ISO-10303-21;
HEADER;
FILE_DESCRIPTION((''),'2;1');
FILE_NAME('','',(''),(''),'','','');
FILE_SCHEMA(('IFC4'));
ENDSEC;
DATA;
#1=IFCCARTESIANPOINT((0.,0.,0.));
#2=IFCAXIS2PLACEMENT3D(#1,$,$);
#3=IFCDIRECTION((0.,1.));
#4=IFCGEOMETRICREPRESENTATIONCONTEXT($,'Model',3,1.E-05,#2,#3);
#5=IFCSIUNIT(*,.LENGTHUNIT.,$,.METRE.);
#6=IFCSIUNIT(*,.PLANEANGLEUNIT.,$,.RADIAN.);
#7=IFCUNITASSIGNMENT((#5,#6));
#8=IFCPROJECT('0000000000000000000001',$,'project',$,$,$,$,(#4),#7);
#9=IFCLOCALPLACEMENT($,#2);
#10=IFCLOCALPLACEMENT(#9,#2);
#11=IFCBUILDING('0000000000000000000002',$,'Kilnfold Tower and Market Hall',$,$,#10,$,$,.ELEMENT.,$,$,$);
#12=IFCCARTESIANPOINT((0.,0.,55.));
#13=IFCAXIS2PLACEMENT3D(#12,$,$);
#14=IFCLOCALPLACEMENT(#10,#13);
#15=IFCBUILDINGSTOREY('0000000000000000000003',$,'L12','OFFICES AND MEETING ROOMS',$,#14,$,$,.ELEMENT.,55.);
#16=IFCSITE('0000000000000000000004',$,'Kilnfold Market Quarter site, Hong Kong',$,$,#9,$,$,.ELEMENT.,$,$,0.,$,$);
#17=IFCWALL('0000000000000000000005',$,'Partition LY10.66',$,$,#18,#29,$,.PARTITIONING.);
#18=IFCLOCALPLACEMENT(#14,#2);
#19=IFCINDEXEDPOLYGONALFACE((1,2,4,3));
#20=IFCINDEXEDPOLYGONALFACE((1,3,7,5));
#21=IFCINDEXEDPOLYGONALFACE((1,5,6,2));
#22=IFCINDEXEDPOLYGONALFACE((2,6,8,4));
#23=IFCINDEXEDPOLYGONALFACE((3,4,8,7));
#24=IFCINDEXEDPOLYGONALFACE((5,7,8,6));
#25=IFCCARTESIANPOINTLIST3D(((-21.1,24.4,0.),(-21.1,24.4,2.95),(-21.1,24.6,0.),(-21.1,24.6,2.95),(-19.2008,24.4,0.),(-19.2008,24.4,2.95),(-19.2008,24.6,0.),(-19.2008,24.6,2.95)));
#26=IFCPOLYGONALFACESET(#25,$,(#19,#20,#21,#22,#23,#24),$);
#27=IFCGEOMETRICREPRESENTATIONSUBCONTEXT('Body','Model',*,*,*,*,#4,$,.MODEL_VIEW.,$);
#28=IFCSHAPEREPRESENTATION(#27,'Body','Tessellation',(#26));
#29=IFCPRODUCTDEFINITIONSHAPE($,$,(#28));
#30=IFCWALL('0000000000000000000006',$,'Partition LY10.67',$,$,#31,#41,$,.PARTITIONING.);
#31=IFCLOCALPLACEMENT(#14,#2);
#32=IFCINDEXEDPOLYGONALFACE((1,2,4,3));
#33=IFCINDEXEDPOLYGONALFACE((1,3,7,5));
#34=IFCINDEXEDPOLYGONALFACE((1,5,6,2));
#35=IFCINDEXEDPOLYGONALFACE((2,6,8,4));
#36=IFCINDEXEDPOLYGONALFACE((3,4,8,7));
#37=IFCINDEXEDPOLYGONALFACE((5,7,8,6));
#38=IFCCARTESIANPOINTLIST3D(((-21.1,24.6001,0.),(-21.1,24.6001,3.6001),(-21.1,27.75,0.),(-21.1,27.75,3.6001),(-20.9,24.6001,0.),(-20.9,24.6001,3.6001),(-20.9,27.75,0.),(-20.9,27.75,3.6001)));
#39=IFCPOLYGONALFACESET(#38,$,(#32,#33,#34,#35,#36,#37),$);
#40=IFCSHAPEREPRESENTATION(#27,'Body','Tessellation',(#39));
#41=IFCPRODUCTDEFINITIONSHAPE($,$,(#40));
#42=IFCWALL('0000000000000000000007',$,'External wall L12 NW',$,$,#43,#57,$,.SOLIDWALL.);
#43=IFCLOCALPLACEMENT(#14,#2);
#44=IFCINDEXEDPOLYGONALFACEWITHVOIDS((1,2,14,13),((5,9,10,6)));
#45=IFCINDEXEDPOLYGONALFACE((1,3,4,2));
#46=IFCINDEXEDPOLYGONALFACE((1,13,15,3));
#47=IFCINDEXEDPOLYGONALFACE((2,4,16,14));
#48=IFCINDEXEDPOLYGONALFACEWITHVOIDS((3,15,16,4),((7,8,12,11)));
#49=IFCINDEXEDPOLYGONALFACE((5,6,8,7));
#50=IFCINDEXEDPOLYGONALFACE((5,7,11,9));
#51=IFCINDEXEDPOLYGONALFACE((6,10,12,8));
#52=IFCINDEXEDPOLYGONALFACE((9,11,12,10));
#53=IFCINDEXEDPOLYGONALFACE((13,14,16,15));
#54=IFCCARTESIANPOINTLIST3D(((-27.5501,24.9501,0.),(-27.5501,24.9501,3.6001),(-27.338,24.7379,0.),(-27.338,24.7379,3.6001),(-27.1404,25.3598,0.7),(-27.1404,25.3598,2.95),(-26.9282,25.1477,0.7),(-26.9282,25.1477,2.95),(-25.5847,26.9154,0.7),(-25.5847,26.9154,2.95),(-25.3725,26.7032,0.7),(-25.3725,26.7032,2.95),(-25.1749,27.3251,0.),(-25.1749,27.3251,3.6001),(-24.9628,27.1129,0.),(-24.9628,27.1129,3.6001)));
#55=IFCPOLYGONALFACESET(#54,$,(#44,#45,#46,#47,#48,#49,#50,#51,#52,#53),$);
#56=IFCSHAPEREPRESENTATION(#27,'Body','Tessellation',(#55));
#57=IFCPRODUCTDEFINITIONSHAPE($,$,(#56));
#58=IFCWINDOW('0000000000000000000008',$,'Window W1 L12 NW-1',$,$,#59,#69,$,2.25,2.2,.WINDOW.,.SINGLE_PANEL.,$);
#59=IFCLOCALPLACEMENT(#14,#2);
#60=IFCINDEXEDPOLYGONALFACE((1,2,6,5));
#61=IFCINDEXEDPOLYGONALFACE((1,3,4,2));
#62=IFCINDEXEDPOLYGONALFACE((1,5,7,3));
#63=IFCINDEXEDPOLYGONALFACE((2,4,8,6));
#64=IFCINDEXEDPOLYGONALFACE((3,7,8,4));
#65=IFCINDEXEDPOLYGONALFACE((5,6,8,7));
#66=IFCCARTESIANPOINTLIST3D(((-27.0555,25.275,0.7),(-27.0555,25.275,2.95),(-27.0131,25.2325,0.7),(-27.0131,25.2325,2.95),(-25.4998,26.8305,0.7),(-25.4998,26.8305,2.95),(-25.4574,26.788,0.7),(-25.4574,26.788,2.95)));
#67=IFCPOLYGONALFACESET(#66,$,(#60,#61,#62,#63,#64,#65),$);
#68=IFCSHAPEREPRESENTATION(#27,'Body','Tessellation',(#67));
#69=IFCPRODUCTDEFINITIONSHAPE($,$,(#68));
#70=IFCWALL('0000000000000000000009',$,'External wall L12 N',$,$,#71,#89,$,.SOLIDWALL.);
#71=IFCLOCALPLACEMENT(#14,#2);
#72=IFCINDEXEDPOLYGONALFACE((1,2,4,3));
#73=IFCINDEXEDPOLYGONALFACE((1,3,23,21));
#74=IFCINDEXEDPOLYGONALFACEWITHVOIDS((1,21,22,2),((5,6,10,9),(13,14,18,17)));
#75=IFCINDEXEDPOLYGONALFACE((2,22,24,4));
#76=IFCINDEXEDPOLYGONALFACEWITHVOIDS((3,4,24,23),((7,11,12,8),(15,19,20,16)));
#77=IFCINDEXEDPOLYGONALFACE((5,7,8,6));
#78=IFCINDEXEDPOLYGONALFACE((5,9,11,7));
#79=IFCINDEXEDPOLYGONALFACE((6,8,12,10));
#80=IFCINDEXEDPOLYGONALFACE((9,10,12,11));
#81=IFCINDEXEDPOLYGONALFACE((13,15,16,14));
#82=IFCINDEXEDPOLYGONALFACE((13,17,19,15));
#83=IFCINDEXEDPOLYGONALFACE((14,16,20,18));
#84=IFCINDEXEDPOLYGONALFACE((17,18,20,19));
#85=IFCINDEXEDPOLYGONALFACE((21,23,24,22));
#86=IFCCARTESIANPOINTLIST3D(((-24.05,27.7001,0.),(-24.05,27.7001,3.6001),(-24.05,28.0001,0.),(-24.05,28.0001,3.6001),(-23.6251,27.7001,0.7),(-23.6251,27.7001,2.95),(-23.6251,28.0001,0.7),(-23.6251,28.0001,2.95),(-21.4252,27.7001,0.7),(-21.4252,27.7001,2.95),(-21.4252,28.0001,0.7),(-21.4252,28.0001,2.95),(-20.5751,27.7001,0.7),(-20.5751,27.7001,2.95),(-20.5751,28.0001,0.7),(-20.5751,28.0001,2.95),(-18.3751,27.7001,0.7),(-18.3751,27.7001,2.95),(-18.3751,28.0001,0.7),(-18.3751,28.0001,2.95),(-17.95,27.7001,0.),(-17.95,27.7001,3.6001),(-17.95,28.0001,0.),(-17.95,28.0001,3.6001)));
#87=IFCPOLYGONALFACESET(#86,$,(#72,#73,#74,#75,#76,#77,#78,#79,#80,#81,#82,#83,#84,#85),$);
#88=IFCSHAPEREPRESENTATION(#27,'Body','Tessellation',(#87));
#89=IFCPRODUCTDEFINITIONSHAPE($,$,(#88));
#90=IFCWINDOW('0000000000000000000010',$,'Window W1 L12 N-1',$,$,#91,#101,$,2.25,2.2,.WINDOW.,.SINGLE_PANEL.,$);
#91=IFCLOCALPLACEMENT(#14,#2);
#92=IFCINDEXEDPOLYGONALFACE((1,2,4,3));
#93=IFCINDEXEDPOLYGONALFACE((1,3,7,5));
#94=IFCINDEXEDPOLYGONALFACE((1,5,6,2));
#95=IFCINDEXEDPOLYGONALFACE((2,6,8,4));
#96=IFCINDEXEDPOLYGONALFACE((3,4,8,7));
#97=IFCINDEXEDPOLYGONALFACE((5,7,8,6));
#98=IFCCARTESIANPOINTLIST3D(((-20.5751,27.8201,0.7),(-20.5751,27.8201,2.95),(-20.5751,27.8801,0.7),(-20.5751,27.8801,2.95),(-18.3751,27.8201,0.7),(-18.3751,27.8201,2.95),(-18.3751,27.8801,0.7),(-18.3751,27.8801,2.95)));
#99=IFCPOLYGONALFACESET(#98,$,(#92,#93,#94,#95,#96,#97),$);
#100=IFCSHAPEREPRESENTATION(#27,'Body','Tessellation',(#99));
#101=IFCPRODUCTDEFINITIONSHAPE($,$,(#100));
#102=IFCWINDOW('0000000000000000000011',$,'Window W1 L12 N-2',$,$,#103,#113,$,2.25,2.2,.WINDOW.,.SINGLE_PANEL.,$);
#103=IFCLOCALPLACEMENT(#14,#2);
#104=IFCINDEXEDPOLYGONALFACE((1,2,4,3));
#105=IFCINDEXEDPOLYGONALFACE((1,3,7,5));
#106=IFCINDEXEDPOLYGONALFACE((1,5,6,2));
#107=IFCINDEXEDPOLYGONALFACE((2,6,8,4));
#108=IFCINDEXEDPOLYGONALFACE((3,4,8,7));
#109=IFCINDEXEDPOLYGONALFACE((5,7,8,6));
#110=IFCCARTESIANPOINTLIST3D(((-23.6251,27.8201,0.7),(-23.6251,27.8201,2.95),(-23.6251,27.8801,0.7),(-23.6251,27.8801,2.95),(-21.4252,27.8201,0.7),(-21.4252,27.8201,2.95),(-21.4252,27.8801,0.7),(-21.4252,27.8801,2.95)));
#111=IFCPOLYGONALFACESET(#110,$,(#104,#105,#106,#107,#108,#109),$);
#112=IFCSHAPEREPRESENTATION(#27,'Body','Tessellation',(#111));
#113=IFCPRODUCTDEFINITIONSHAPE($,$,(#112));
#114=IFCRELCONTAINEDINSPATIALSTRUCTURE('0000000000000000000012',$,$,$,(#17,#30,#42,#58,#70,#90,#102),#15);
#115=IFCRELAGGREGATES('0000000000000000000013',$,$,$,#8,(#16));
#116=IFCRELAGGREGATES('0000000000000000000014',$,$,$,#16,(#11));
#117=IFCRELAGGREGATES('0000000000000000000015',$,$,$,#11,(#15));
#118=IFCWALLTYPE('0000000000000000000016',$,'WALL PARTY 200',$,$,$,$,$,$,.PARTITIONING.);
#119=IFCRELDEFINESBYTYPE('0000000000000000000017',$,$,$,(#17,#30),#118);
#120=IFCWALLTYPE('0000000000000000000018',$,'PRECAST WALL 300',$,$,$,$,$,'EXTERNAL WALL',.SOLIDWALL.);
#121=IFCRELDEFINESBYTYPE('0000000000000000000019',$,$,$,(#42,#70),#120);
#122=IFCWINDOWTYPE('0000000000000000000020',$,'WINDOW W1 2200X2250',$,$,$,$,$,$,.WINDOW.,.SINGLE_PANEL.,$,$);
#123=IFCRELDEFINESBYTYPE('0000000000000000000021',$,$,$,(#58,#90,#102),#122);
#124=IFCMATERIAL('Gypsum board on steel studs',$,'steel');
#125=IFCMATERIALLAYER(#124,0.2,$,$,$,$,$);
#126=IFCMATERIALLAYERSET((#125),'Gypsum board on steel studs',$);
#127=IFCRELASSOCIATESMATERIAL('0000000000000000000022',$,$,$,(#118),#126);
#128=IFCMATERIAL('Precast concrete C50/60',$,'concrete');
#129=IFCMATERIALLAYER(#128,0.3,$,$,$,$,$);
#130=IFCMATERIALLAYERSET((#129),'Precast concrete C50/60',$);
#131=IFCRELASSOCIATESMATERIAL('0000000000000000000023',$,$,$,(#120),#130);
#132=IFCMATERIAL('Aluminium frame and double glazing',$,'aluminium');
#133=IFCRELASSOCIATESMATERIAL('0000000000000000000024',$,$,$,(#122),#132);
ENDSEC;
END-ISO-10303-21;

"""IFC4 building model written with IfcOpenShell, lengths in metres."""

from ifc_helpers import new_model, si_unit, direction, frame, frame_2d, origin, place, context, subcontext, project, spatial, rectangle, extrude, source, transform, mapped, material, layer, layer_set, type_object, element, fill, save


model = new_model("IFC4")

# Units and contexts
model_context = context("Model", 3, precision=1e-05, world=origin(), true_north=direction((0.0, 1.0)))
body_context = subcontext(model_context, "Body", "Model", "MODEL_VIEW")
ifc_project = project(units=[si_unit("LENGTHUNIT", "METRE"), si_unit("PLANEANGLEUNIT", "RADIAN")], contexts=[model_context])

# Site, building, storey
site_placement = place(None, origin())
site = spatial("IfcSite", under=ifc_project, at=site_placement, Name="Kilnfold Market Quarter site, Hong Kong", CompositionType="ELEMENT", RefElevation=0.0)
building_placement = place(site_placement, origin())
building = spatial("IfcBuilding", under=site, at=building_placement, Name="Kilnfold Tower and Market Hall", CompositionType="ELEMENT")
storey_placement = place(building_placement, frame((0.0, 0.0, 55.0)))
storey = spatial("IfcBuildingStorey", under=building, at=storey_placement, Name="L12", Description="OFFICES AND MEETING ROOMS", CompositionType="ELEMENT", Elevation=55.0)

# Walls
ifc_material_1 = material(Name="Gypsum board on steel studs", Category="steel")
ifc_layer_1 = layer(ifc_material_1, 0.2)
ifc_layer_set_1 = layer_set([ifc_layer_1], Name="Gypsum board on steel studs")
wall_type_1 = type_object("IfcWallType", Name="WALL PARTY 200", PredefinedType="PARTITIONING", material=ifc_layer_set_1)
wall_1_placement = place(storey_placement, frame((-21.1001, 24.5, 0.0), z_axis=(0.0, 0.0, 1.0), x_axis=(1.0, 0.0, 0.0)))
element("IfcWall", 1, at=wall_1_placement, inside=storey, type_object=wall_type_1, Name="Partition LY10.66", PredefinedType="PARTITIONING", context=body_context, shape_type="SweptSolid", body=[
    extrude(rectangle(XDim=1.8992, YDim=0.2, at=frame_2d((0.9497, 0.0))), origin(), (0.0, 0.0, 1.0), 2.95),
])
wall_2_placement = place(storey_placement, frame((-21.0, 24.6001, 0.0), z_axis=(0.0, 0.0, 1.0), x_axis=(0.0, 1.0, 0.0)))
element("IfcWall", 2, at=wall_2_placement, inside=storey, type_object=wall_type_1, Name="Partition LY10.67", PredefinedType="PARTITIONING", context=body_context, shape_type="SweptSolid", body=[
    extrude(rectangle(XDim=3.1499, YDim=0.2, at=frame_2d((1.575, 0.0))), origin(), (0.0, 0.0, 1.0), 3.6001),
])

# Wall, opening, window
ifc_material_2 = material(Name="Precast concrete C50/60", Category="concrete")
ifc_layer_2 = layer(ifc_material_2, 0.3)
ifc_layer_set_2 = layer_set([ifc_layer_2], Name="Precast concrete C50/60")
wall_type_2 = type_object("IfcWallType", Name="PRECAST WALL 300", ElementType="EXTERNAL WALL", PredefinedType="SOLIDWALL", material=ifc_layer_set_2)
shared_shape_1 = source(origin(), body_context, "Body", "SweptSolid", [
    extrude(rectangle(XDim=3.3589, YDim=0.3, at=frame_2d((1.6794, 0.0))), origin(), (0.0, 0.0, 1.0), 3.6001),
])
wall_3_placement = place(storey_placement, frame((-25.0688, 27.219, 0.0), z_axis=(0.0, 0.0, 1.0), x_axis=(-0.707143, -0.70707, 0.0)))
wall_3 = element("IfcWall", 3, at=wall_3_placement, inside=storey, type_object=wall_type_2, Name="External wall L12 NW", PredefinedType="SOLIDWALL", context=body_context, shape_type="MappedRepresentation", body=[
    mapped(shared_shape_1, transform((0.0, 0.0, 0.0))),
])
opening_1_placement = place(wall_3_placement, frame((0.5793, 0.0, 0.7)))
opening_1 = element("IfcOpeningElement", 4, at=opening_1_placement, cuts=wall_3, PredefinedType="OPENING", context=body_context, shape_type="SweptSolid", body=[
    extrude(rectangle(XDim=2.2, YDim=2.25, at=frame_2d((1.1001, 1.125))), frame((0.0, 0.1602, 0.0), z_axis=(0.0, -1.0, 0.0), x_axis=(1.0, 0.0, 0.0)), (0.0, 0.0, 1.0), 0.3201),
])
ifc_material_3 = material(Name="Aluminium frame and double glazing", Category="aluminium")
window_type = type_object("IfcWindowType", Name="WINDOW W1 2200X2250", PartitioningType="SINGLE_PANEL", PredefinedType="WINDOW", material=ifc_material_3)
window_1_placement = place(opening_1_placement, origin())
window_1 = element("IfcWindow", 5, at=window_1_placement, inside=storey, type_object=window_type, Name="Window W1 L12 NW-1", OverallHeight=2.25, OverallWidth=2.2, PartitioningType="SINGLE_PANEL", PredefinedType="WINDOW", context=body_context, shape_type="SweptSolid", body=[
    extrude(rectangle(XDim=2.2, YDim=2.25, at=frame_2d((1.1001, 1.125))), frame((0.0, 0.03, 0.0), z_axis=(0.0, -1.0, 0.0), x_axis=(1.0, 0.0, 0.0)), (0.0, 0.0, 1.0), 0.0601),
])
fill(opening_1, window_1)

# Wall, openings, windows
shared_shape_2 = source(origin(), body_context, "Body", "SweptSolid", [
    extrude(rectangle(XDim=6.1001, YDim=0.3, at=frame_2d((3.05, 0.0))), origin(), (0.0, 0.0, 1.0), 3.6001),
])
wall_4_placement = place(storey_placement, frame((-17.95, 27.8501, 0.0), z_axis=(0.0, 0.0, 1.0), x_axis=(-1.0, 0.0, 0.0)))
wall_4 = element("IfcWall", 6, at=wall_4_placement, inside=storey, type_object=wall_type_2, Name="External wall L12 N", PredefinedType="SOLIDWALL", context=body_context, shape_type="MappedRepresentation", body=[
    mapped(shared_shape_2, transform((0.0, 0.0, 0.0))),
])
opening_2_placement = place(wall_4_placement, frame((0.425, 0.0, 0.7)))
opening_2 = element("IfcOpeningElement", 7, at=opening_2_placement, cuts=wall_4, PredefinedType="OPENING", context=body_context, shape_type="SweptSolid", body=[
    extrude(rectangle(XDim=2.2, YDim=2.25, at=frame_2d((1.1001, 1.125))), frame((0.0, 0.1602, 0.0), z_axis=(0.0, -1.0, 0.0), x_axis=(1.0, 0.0, 0.0)), (0.0, 0.0, 1.0), 0.3201),
])
opening_3_placement = place(wall_4_placement, frame((3.4751, 0.0, 0.7)))
opening_3 = element("IfcOpeningElement", 8, at=opening_3_placement, cuts=wall_4, PredefinedType="OPENING", context=body_context, shape_type="SweptSolid", body=[
    extrude(rectangle(XDim=2.2, YDim=2.25, at=frame_2d((1.1001, 1.125))), frame((0.0, 0.1602, 0.0), z_axis=(0.0, -1.0, 0.0), x_axis=(1.0, 0.0, 0.0)), (0.0, 0.0, 1.0), 0.3201),
])
window_2_placement = place(opening_2_placement, origin())
window_2 = element("IfcWindow", 9, at=window_2_placement, inside=storey, type_object=window_type, Name="Window W1 L12 N-1", OverallHeight=2.25, OverallWidth=2.2, PartitioningType="SINGLE_PANEL", PredefinedType="WINDOW", context=body_context, shape_type="SweptSolid", body=[
    extrude(rectangle(XDim=2.2, YDim=2.25, at=frame_2d((1.1001, 1.125))), frame((0.0, 0.03, 0.0), z_axis=(0.0, -1.0, 0.0), x_axis=(1.0, 0.0, 0.0)), (0.0, 0.0, 1.0), 0.0601),
])
fill(opening_2, window_2)
window_3_placement = place(opening_3_placement, origin())
window_3 = element("IfcWindow", 10, at=window_3_placement, inside=storey, type_object=window_type, Name="Window W1 L12 N-2", OverallHeight=2.25, OverallWidth=2.2, PartitioningType="SINGLE_PANEL", PredefinedType="WINDOW", context=body_context, shape_type="SweptSolid", body=[
    extrude(rectangle(XDim=2.2, YDim=2.25, at=frame_2d((1.1001, 1.125))), frame((0.0, 0.03, 0.0), z_axis=(0.0, -1.0, 0.0), x_axis=(1.0, 0.0, 0.0)), (0.0, 0.0, 1.0), 0.0601),
])
fill(opening_3, window_3)

save(model, "model.ifc")
